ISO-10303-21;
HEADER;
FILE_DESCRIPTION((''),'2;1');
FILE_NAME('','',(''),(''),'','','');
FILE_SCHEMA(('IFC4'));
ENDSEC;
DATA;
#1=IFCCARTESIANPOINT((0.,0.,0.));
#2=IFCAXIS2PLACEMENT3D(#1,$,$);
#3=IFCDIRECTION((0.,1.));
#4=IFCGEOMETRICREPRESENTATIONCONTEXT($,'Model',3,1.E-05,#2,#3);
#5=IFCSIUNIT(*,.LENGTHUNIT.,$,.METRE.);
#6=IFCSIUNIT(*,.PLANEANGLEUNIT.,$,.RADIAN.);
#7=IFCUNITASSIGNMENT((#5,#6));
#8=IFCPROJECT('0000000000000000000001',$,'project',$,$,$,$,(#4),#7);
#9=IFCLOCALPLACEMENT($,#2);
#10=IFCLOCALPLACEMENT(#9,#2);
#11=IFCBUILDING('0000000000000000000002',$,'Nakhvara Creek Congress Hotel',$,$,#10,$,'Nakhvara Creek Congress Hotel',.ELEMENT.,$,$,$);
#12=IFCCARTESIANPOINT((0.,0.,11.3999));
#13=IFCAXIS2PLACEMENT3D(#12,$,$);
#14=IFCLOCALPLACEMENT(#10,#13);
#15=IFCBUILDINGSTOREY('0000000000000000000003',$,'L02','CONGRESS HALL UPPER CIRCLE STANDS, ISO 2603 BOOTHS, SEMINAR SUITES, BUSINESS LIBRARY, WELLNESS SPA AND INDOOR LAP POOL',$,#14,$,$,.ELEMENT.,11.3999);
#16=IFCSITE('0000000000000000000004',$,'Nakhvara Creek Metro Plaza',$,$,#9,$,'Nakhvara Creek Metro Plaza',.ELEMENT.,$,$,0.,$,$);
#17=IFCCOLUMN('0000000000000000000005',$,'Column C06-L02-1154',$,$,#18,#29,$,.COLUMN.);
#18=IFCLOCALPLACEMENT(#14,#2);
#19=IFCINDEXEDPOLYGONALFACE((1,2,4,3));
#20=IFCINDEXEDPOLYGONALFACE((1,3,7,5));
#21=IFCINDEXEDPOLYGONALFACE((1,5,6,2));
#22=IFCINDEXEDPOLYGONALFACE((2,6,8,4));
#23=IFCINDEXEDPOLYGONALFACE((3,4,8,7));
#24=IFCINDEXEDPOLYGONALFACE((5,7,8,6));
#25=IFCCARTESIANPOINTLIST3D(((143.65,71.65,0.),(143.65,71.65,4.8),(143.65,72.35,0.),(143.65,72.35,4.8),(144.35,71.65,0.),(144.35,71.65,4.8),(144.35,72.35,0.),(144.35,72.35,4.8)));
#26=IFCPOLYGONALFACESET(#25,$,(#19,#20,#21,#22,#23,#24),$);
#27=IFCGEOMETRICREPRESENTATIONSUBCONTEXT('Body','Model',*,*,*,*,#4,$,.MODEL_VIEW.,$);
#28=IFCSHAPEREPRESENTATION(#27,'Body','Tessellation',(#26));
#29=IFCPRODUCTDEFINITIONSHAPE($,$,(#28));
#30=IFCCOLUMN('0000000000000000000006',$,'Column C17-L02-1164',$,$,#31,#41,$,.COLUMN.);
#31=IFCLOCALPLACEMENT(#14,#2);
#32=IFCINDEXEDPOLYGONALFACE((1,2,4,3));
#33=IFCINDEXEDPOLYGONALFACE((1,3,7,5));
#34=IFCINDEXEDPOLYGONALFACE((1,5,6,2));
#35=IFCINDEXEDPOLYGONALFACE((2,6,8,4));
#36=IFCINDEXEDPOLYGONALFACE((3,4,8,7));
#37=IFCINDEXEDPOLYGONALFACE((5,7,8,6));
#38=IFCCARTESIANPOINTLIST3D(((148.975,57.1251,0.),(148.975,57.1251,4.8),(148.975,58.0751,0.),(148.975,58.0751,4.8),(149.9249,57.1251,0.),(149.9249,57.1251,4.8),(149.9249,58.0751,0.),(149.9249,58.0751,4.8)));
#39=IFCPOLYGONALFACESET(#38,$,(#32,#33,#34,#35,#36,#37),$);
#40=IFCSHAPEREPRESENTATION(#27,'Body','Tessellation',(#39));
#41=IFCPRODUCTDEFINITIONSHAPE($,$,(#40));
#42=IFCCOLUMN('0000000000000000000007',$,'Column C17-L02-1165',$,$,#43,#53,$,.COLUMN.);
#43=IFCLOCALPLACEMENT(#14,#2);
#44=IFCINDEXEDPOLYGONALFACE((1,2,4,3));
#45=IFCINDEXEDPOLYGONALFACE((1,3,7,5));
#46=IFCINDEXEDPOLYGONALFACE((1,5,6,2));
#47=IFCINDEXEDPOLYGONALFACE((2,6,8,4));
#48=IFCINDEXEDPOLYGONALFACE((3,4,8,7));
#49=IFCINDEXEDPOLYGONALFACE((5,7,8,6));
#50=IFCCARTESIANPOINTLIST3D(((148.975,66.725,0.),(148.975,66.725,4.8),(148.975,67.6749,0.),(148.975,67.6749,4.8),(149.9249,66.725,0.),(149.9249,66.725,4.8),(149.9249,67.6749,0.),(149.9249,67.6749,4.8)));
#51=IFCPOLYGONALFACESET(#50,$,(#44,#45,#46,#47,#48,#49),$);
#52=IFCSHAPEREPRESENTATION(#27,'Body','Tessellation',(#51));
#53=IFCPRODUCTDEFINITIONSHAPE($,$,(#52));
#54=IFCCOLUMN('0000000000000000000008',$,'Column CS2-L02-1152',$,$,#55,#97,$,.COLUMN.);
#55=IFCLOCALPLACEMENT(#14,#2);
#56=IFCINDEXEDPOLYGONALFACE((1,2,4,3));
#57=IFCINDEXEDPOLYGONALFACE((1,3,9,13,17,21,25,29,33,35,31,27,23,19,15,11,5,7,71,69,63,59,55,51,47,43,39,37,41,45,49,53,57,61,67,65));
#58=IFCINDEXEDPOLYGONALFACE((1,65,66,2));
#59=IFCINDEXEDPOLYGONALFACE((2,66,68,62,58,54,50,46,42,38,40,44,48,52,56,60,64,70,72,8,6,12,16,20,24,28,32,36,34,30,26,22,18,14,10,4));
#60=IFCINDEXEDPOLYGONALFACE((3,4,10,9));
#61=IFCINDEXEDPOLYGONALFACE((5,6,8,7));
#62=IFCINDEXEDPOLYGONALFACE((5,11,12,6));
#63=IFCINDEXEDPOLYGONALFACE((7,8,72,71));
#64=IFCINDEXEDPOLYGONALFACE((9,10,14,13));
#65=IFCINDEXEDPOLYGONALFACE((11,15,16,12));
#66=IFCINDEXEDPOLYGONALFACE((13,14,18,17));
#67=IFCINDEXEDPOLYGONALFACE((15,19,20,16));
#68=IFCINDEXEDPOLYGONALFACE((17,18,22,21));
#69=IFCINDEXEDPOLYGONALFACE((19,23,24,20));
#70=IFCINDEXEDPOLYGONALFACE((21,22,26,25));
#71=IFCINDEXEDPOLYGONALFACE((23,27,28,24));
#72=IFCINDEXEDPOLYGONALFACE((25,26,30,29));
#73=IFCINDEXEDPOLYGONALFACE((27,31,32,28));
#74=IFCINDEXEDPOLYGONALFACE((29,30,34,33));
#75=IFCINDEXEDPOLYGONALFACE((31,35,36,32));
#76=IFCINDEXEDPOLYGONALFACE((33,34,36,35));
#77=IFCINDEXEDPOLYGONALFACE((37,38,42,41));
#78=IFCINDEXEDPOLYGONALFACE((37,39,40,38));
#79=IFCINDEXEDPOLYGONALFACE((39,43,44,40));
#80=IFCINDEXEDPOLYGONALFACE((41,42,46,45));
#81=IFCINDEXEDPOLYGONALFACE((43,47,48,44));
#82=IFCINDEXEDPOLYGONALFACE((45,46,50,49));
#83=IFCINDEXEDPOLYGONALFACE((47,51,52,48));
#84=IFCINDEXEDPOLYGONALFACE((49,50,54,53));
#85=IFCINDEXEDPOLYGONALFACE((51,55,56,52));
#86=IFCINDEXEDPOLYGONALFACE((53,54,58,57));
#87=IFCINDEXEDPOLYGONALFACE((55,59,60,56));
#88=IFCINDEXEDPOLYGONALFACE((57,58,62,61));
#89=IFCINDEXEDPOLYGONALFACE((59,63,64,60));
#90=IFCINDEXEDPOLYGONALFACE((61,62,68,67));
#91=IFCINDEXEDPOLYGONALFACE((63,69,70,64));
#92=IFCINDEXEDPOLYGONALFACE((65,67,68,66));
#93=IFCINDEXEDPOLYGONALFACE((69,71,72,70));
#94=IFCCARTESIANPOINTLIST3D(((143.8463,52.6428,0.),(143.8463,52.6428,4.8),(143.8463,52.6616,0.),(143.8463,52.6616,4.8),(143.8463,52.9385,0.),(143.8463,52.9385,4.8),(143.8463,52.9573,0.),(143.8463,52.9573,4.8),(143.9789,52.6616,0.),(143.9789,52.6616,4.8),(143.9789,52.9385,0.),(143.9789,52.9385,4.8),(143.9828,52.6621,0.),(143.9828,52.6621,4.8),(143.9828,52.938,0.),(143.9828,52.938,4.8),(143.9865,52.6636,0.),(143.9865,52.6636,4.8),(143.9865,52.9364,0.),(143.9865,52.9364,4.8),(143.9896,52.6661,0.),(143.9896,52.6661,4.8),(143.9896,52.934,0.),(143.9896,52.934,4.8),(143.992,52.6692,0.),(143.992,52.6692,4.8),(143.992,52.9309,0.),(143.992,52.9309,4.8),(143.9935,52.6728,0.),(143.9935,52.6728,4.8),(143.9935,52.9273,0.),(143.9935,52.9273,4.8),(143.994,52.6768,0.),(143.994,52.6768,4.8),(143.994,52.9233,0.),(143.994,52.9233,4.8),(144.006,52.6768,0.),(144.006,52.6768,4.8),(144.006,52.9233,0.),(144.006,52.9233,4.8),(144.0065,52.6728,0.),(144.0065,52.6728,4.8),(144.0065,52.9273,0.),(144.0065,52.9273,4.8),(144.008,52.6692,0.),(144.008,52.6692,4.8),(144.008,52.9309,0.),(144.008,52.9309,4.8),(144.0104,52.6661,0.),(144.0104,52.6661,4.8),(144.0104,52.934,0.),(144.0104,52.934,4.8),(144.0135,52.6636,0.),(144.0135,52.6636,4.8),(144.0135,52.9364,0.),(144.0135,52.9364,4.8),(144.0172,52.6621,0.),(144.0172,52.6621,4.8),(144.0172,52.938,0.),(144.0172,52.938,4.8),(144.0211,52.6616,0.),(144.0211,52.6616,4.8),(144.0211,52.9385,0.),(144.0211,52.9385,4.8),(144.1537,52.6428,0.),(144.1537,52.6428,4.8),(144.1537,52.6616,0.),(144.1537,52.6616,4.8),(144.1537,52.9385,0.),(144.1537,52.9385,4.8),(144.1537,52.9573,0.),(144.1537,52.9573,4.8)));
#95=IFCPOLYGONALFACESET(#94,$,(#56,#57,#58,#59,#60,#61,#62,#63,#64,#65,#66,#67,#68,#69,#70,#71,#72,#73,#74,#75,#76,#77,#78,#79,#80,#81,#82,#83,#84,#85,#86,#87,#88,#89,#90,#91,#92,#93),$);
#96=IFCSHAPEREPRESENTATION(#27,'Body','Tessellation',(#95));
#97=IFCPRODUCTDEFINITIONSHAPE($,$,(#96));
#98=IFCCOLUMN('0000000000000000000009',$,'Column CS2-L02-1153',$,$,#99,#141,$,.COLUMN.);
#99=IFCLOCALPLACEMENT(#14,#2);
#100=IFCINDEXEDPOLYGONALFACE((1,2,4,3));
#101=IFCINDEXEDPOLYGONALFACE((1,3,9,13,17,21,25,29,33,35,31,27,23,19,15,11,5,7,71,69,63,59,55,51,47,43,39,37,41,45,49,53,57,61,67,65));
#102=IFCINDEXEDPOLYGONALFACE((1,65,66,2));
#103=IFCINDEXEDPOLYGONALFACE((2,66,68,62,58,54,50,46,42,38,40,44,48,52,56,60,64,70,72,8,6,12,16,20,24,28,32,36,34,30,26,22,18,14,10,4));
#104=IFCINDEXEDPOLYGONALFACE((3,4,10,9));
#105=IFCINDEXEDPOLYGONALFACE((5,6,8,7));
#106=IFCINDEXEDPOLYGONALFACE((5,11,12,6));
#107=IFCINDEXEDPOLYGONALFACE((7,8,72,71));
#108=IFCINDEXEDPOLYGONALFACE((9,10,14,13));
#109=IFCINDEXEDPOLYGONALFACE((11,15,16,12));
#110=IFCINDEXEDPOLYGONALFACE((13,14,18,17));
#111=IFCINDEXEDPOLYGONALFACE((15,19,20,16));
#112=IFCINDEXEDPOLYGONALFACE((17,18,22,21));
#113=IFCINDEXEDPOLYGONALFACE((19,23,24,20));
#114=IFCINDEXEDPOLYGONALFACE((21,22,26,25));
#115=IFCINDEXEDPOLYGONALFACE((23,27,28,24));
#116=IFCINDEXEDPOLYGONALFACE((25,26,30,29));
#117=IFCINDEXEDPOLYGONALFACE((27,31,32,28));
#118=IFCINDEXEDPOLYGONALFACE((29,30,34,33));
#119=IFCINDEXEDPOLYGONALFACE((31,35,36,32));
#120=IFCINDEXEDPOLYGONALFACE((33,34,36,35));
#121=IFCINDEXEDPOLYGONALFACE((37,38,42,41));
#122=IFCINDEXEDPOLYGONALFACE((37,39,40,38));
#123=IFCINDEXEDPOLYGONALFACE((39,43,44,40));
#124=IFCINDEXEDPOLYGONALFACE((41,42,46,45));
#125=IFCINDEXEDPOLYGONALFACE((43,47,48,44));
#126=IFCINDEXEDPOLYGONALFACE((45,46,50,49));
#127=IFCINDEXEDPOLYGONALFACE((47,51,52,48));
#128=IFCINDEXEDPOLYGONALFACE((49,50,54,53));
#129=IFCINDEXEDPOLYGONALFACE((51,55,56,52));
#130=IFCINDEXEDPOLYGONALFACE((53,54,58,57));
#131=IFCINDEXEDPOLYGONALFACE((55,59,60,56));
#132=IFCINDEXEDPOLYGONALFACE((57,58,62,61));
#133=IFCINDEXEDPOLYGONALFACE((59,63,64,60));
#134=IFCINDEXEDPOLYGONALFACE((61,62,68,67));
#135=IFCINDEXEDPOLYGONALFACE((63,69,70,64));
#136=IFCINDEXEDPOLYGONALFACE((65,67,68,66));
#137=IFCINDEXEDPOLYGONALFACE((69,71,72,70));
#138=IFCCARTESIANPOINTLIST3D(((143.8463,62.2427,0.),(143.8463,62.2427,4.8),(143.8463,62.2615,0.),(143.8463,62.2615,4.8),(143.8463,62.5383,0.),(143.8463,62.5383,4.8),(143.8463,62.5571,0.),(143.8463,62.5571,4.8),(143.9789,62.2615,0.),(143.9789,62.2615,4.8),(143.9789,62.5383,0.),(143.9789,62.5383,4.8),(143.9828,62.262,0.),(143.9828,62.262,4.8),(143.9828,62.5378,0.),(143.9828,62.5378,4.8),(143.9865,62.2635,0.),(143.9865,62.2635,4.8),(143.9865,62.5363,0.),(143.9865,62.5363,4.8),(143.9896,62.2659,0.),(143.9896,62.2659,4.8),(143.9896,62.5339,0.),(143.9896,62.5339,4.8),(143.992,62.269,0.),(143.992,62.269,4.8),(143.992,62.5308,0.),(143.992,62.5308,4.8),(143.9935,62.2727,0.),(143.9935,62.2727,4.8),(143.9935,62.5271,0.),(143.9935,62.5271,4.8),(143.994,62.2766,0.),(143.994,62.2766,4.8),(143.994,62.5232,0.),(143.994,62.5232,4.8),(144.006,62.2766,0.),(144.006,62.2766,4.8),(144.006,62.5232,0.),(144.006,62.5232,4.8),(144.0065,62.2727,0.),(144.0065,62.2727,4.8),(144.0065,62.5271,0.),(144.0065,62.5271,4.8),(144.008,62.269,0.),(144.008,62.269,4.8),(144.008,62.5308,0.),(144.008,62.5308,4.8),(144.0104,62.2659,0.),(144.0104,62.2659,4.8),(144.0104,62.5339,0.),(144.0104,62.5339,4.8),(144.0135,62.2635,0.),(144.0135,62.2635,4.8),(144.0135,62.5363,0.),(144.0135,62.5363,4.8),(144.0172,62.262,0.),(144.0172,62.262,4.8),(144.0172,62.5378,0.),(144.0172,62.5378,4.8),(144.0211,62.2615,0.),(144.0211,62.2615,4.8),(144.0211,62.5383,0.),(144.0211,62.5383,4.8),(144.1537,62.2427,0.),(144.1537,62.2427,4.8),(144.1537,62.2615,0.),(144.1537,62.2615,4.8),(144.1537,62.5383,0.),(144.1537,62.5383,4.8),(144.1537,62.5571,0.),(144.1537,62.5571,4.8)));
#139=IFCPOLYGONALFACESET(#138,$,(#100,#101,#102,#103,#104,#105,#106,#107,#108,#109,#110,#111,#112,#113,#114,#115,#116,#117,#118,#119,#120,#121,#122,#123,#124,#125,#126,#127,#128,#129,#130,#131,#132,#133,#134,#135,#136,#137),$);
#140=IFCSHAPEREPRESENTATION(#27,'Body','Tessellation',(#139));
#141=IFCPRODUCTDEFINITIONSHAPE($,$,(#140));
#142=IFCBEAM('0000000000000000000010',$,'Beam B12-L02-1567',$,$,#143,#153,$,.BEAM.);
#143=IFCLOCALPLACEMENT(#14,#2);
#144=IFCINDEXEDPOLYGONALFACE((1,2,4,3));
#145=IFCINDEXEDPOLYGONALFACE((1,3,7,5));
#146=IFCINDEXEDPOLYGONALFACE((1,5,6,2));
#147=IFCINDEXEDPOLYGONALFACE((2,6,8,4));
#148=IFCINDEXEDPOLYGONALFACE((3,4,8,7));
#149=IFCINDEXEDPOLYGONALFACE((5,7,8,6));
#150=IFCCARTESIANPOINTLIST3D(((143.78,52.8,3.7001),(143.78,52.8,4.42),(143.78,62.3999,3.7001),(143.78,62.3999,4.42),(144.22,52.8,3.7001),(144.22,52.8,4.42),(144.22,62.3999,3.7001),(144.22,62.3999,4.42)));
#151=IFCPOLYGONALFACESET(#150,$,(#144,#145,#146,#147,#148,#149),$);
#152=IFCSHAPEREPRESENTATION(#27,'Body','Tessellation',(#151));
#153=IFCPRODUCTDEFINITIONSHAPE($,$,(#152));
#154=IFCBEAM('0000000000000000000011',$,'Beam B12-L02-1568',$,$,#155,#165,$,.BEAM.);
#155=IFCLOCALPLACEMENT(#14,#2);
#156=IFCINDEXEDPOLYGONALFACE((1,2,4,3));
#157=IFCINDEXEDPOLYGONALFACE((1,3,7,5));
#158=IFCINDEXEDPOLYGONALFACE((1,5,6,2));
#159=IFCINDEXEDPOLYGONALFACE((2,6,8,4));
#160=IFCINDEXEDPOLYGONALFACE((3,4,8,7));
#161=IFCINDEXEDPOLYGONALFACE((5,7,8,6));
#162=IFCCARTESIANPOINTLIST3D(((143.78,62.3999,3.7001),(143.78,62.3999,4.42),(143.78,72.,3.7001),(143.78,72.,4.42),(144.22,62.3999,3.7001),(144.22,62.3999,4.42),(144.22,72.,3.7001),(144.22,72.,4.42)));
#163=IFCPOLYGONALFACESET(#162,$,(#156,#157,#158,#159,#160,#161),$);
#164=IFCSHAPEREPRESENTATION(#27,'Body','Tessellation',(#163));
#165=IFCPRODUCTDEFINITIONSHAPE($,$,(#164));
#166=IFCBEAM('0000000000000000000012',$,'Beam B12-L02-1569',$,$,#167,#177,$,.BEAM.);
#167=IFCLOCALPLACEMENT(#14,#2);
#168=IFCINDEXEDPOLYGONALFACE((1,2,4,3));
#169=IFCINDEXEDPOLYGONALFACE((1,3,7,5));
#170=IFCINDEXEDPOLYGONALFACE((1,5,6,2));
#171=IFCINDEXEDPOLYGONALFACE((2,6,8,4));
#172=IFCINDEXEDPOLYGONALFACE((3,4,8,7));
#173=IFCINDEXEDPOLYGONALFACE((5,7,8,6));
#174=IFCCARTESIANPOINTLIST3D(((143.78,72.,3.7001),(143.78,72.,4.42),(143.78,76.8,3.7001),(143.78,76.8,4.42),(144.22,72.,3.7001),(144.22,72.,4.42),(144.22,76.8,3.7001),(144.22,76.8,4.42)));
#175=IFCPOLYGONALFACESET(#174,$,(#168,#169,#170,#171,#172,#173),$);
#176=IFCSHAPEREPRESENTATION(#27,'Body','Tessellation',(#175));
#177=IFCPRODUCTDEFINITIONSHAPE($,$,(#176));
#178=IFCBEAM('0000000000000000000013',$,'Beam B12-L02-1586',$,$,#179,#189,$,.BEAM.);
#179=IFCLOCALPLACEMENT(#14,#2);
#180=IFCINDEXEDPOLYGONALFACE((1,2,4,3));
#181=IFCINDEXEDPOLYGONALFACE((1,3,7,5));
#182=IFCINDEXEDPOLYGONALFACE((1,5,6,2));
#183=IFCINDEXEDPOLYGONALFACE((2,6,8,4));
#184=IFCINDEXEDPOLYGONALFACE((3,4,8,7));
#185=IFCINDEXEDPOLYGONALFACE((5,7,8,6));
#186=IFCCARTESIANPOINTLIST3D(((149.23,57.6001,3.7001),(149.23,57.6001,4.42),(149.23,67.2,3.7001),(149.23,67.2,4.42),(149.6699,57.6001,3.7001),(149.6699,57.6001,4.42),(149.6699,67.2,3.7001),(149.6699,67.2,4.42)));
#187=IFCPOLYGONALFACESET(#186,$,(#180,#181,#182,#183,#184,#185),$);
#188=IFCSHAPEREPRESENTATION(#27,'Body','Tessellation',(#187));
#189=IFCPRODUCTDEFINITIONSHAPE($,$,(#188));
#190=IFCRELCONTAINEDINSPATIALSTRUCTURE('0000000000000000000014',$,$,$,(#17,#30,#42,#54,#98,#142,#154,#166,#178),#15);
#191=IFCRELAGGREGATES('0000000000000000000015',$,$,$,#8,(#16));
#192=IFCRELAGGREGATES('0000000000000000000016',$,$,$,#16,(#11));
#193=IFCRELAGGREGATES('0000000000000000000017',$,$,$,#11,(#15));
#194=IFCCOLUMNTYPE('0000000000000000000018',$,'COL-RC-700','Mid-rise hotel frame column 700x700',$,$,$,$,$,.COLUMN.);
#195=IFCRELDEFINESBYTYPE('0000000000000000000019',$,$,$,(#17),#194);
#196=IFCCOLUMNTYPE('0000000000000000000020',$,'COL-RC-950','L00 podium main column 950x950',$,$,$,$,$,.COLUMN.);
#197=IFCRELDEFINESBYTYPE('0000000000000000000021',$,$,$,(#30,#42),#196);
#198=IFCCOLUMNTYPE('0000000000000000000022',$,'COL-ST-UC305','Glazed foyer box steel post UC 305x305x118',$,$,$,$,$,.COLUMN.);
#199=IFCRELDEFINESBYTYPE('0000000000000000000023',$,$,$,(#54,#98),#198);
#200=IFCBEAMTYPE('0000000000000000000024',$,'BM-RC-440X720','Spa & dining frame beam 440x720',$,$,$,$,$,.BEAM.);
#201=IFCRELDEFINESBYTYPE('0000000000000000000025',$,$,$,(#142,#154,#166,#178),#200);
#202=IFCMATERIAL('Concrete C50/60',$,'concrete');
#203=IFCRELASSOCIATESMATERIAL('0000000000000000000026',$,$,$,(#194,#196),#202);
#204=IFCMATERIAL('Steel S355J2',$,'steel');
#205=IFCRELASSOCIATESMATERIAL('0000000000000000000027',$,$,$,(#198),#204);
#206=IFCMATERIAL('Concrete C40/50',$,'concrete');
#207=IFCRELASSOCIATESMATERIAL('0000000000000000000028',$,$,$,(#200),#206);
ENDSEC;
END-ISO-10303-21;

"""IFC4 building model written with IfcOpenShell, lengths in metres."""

from ifc_helpers import new_model, si_unit, direction, frame, origin, origin_2d, place, context, subcontext, project, spatial, rectangle, i_section, extrude, material, material_profile, profile_set, type_object, element, save


model = new_model("IFC4")

# Units and contexts
model_context = context("Model", 3, precision=1e-05, world=origin(), true_north=direction((0.0, 1.0)))
body_context = subcontext(model_context, "Body", "Model", "MODEL_VIEW")
ifc_project = project(units=[si_unit("LENGTHUNIT", "METRE"), si_unit("PLANEANGLEUNIT", "RADIAN")], contexts=[model_context])

# Site, building, storey
site_placement = place(None, origin())
site = spatial("IfcSite", under=ifc_project, at=site_placement, Name="Nakhvara Creek Metro Plaza", LongName="Nakhvara Creek Metro Plaza", CompositionType="ELEMENT", RefElevation=0.0)
building_placement = place(site_placement, origin())
building = spatial("IfcBuilding", under=site, at=building_placement, Name="Nakhvara Creek Congress Hotel", LongName="Nakhvara Creek Congress Hotel", CompositionType="ELEMENT")
storey_placement = place(building_placement, frame((0.0, 0.0, 11.3999)))
storey = spatial("IfcBuildingStorey", under=building, at=storey_placement, Name="L02", Description="CONGRESS HALL UPPER CIRCLE STANDS, ISO 2603 BOOTHS, SEMINAR SUITES, BUSINESS LIBRARY, WELLNESS SPA AND INDOOR LAP POOL", CompositionType="ELEMENT", Elevation=11.3999)

# Columns
ifc_material_1 = material(Name="Concrete C50/60", Category="concrete")
ifc_material_profile_1 = material_profile(ifc_material_1, rectangle(XDim=0.7, YDim=0.7, at=origin_2d()), Name="RC-COL 700x700", Category="LoadBearing")
ifc_profile_set_1 = profile_set([ifc_material_profile_1], Name="Concrete C50/60")
column_type_1 = type_object("IfcColumnType", Name="COL-RC-700", Description="Mid-rise hotel frame column 700x700", PredefinedType="COLUMN", material=ifc_profile_set_1)
column_placement = place(storey_placement, frame((144.0, 72.0, 0.0), z_axis=(0.0, 0.0, 1.0), x_axis=(1.0, 0.0, 0.0)))
element("IfcColumn", 1, at=column_placement, inside=storey, type_object=column_type_1, Name="Column C06-L02-1154", PredefinedType="COLUMN", context=body_context, shape_type="SweptSolid", body=[
    extrude(rectangle(XDim=0.7, YDim=0.7, at=origin_2d()), origin(), (0.0, 0.0, 1.0), 4.8),
])
ifc_material_profile_2 = material_profile(ifc_material_1, rectangle(XDim=0.95, YDim=0.95, at=origin_2d()), Name="RC-COL 950x950", Category="LoadBearing")
ifc_profile_set_2 = profile_set([ifc_material_profile_2], Name="Concrete C50/60")
column_type_2 = type_object("IfcColumnType", Name="COL-RC-950", Description="L00 podium main column 950x950", PredefinedType="COLUMN", material=ifc_profile_set_2)
for number, where, z_axis, x_axis, name in (
    (2, (149.45, 57.6001, 0.0), (0.0, 0.0, 1.0), (1.0, 0.0, 0.0), "Column C17-L02-1164"),
    (3, (149.45, 67.2, 0.0), (0.0, 0.0, 1.0), (1.0, 0.0, 0.0), "Column C17-L02-1165"),
):
    element("IfcColumn", number, at=place(storey_placement, frame(where, z_axis=z_axis, x_axis=x_axis)), inside=storey, type_object=column_type_2, Name=name, PredefinedType="COLUMN", context=body_context, shape_type="SweptSolid", body=[
        extrude(rectangle(XDim=0.95, YDim=0.95, at=origin_2d()), origin(), (0.0, 0.0, 1.0), 4.8),
    ])
ifc_material_2 = material(Name="Steel S355J2", Category="steel")
ifc_material_profile_3 = material_profile(ifc_material_2, i_section(OverallWidth=0.3074, OverallDepth=0.3145, WebThickness=0.012, FlangeThickness=0.0188, FilletRadius=0.0151, at=origin_2d()), Name="UC 305x305x118", Category="LoadBearing")
ifc_profile_set_3 = profile_set([ifc_material_profile_3], Name="Steel S355J2")
column_type_3 = type_object("IfcColumnType", Name="COL-ST-UC305", Description="Glazed foyer box steel post UC 305x305x118", PredefinedType="COLUMN", material=ifc_profile_set_3)
for number, where, z_axis, x_axis, name in (
    (4, (144.0, 52.8, 0.0), (0.0, 0.0, 1.0), (1.0, 0.0, 0.0), "Column CS2-L02-1152"),
    (5, (144.0, 62.3999, 0.0), (0.0, 0.0, 1.0), (1.0, 0.0, 0.0), "Column CS2-L02-1153"),
):
    element("IfcColumn", number, at=place(storey_placement, frame(where, z_axis=z_axis, x_axis=x_axis)), inside=storey, type_object=column_type_3, Name=name, PredefinedType="COLUMN", context=body_context, shape_type="SweptSolid", body=[
        extrude(i_section(OverallWidth=0.3074, OverallDepth=0.3145, WebThickness=0.012, FlangeThickness=0.0188, FilletRadius=0.0151, at=origin_2d()), origin(), (0.0, 0.0, 1.0), 4.8),
    ])

# Beams
ifc_material_3 = material(Name="Concrete C40/50", Category="concrete")
ifc_material_profile_4 = material_profile(ifc_material_3, rectangle(XDim=0.4399, YDim=0.72, at=origin_2d()), Name="RC-BM 440x720", Category="LoadBearing")
ifc_profile_set_4 = profile_set([ifc_material_profile_4], Name="Concrete C40/50")
beam_type = type_object("IfcBeamType", Name="BM-RC-440X720", Description="Spa & dining frame beam 440x720", PredefinedType="BEAM", material=ifc_profile_set_4)
beam_1_placement = place(storey_placement, frame((144.0, 52.8, 4.0601), z_axis=(0.0, 1.0, 0.0), x_axis=(-1.0, 0.0, 0.0)))
element("IfcBeam", 6, at=beam_1_placement, inside=storey, type_object=beam_type, Name="Beam B12-L02-1567", PredefinedType="BEAM", context=body_context, shape_type="SweptSolid", body=[
    extrude(rectangle(XDim=0.4399, YDim=0.72, at=origin_2d()), origin(), (0.0, 0.0, 1.0), 9.5999),
])
beam_2_placement = place(storey_placement, frame((144.0, 62.3999, 4.0601), z_axis=(0.0, 1.0, 0.0), x_axis=(-1.0, 0.0, 0.0)))
element("IfcBeam", 7, at=beam_2_placement, inside=storey, type_object=beam_type, Name="Beam B12-L02-1568", PredefinedType="BEAM", context=body_context, shape_type="SweptSolid", body=[
    extrude(rectangle(XDim=0.4399, YDim=0.72, at=origin_2d()), origin(), (0.0, 0.0, 1.0), 9.6001),
])
beam_3_placement = place(storey_placement, frame((144.0, 72.0, 4.0601), z_axis=(0.0, 1.0, 0.0), x_axis=(-1.0, 0.0, 0.0)))
element("IfcBeam", 8, at=beam_3_placement, inside=storey, type_object=beam_type, Name="Beam B12-L02-1569", PredefinedType="BEAM", context=body_context, shape_type="SweptSolid", body=[
    extrude(rectangle(XDim=0.4399, YDim=0.72, at=origin_2d()), origin(), (0.0, 0.0, 1.0), 4.8),
])
beam_4_placement = place(storey_placement, frame((149.45, 57.6001, 4.0601), z_axis=(0.0, 1.0, 0.0), x_axis=(-1.0, 0.0, 0.0)))
element("IfcBeam", 9, at=beam_4_placement, inside=storey, type_object=beam_type, Name="Beam B12-L02-1586", PredefinedType="BEAM", context=body_context, shape_type="SweptSolid", body=[
    extrude(rectangle(XDim=0.4399, YDim=0.72, at=origin_2d()), origin(), (0.0, 0.0, 1.0), 9.5999),
])

save(model, "model.ifc")
